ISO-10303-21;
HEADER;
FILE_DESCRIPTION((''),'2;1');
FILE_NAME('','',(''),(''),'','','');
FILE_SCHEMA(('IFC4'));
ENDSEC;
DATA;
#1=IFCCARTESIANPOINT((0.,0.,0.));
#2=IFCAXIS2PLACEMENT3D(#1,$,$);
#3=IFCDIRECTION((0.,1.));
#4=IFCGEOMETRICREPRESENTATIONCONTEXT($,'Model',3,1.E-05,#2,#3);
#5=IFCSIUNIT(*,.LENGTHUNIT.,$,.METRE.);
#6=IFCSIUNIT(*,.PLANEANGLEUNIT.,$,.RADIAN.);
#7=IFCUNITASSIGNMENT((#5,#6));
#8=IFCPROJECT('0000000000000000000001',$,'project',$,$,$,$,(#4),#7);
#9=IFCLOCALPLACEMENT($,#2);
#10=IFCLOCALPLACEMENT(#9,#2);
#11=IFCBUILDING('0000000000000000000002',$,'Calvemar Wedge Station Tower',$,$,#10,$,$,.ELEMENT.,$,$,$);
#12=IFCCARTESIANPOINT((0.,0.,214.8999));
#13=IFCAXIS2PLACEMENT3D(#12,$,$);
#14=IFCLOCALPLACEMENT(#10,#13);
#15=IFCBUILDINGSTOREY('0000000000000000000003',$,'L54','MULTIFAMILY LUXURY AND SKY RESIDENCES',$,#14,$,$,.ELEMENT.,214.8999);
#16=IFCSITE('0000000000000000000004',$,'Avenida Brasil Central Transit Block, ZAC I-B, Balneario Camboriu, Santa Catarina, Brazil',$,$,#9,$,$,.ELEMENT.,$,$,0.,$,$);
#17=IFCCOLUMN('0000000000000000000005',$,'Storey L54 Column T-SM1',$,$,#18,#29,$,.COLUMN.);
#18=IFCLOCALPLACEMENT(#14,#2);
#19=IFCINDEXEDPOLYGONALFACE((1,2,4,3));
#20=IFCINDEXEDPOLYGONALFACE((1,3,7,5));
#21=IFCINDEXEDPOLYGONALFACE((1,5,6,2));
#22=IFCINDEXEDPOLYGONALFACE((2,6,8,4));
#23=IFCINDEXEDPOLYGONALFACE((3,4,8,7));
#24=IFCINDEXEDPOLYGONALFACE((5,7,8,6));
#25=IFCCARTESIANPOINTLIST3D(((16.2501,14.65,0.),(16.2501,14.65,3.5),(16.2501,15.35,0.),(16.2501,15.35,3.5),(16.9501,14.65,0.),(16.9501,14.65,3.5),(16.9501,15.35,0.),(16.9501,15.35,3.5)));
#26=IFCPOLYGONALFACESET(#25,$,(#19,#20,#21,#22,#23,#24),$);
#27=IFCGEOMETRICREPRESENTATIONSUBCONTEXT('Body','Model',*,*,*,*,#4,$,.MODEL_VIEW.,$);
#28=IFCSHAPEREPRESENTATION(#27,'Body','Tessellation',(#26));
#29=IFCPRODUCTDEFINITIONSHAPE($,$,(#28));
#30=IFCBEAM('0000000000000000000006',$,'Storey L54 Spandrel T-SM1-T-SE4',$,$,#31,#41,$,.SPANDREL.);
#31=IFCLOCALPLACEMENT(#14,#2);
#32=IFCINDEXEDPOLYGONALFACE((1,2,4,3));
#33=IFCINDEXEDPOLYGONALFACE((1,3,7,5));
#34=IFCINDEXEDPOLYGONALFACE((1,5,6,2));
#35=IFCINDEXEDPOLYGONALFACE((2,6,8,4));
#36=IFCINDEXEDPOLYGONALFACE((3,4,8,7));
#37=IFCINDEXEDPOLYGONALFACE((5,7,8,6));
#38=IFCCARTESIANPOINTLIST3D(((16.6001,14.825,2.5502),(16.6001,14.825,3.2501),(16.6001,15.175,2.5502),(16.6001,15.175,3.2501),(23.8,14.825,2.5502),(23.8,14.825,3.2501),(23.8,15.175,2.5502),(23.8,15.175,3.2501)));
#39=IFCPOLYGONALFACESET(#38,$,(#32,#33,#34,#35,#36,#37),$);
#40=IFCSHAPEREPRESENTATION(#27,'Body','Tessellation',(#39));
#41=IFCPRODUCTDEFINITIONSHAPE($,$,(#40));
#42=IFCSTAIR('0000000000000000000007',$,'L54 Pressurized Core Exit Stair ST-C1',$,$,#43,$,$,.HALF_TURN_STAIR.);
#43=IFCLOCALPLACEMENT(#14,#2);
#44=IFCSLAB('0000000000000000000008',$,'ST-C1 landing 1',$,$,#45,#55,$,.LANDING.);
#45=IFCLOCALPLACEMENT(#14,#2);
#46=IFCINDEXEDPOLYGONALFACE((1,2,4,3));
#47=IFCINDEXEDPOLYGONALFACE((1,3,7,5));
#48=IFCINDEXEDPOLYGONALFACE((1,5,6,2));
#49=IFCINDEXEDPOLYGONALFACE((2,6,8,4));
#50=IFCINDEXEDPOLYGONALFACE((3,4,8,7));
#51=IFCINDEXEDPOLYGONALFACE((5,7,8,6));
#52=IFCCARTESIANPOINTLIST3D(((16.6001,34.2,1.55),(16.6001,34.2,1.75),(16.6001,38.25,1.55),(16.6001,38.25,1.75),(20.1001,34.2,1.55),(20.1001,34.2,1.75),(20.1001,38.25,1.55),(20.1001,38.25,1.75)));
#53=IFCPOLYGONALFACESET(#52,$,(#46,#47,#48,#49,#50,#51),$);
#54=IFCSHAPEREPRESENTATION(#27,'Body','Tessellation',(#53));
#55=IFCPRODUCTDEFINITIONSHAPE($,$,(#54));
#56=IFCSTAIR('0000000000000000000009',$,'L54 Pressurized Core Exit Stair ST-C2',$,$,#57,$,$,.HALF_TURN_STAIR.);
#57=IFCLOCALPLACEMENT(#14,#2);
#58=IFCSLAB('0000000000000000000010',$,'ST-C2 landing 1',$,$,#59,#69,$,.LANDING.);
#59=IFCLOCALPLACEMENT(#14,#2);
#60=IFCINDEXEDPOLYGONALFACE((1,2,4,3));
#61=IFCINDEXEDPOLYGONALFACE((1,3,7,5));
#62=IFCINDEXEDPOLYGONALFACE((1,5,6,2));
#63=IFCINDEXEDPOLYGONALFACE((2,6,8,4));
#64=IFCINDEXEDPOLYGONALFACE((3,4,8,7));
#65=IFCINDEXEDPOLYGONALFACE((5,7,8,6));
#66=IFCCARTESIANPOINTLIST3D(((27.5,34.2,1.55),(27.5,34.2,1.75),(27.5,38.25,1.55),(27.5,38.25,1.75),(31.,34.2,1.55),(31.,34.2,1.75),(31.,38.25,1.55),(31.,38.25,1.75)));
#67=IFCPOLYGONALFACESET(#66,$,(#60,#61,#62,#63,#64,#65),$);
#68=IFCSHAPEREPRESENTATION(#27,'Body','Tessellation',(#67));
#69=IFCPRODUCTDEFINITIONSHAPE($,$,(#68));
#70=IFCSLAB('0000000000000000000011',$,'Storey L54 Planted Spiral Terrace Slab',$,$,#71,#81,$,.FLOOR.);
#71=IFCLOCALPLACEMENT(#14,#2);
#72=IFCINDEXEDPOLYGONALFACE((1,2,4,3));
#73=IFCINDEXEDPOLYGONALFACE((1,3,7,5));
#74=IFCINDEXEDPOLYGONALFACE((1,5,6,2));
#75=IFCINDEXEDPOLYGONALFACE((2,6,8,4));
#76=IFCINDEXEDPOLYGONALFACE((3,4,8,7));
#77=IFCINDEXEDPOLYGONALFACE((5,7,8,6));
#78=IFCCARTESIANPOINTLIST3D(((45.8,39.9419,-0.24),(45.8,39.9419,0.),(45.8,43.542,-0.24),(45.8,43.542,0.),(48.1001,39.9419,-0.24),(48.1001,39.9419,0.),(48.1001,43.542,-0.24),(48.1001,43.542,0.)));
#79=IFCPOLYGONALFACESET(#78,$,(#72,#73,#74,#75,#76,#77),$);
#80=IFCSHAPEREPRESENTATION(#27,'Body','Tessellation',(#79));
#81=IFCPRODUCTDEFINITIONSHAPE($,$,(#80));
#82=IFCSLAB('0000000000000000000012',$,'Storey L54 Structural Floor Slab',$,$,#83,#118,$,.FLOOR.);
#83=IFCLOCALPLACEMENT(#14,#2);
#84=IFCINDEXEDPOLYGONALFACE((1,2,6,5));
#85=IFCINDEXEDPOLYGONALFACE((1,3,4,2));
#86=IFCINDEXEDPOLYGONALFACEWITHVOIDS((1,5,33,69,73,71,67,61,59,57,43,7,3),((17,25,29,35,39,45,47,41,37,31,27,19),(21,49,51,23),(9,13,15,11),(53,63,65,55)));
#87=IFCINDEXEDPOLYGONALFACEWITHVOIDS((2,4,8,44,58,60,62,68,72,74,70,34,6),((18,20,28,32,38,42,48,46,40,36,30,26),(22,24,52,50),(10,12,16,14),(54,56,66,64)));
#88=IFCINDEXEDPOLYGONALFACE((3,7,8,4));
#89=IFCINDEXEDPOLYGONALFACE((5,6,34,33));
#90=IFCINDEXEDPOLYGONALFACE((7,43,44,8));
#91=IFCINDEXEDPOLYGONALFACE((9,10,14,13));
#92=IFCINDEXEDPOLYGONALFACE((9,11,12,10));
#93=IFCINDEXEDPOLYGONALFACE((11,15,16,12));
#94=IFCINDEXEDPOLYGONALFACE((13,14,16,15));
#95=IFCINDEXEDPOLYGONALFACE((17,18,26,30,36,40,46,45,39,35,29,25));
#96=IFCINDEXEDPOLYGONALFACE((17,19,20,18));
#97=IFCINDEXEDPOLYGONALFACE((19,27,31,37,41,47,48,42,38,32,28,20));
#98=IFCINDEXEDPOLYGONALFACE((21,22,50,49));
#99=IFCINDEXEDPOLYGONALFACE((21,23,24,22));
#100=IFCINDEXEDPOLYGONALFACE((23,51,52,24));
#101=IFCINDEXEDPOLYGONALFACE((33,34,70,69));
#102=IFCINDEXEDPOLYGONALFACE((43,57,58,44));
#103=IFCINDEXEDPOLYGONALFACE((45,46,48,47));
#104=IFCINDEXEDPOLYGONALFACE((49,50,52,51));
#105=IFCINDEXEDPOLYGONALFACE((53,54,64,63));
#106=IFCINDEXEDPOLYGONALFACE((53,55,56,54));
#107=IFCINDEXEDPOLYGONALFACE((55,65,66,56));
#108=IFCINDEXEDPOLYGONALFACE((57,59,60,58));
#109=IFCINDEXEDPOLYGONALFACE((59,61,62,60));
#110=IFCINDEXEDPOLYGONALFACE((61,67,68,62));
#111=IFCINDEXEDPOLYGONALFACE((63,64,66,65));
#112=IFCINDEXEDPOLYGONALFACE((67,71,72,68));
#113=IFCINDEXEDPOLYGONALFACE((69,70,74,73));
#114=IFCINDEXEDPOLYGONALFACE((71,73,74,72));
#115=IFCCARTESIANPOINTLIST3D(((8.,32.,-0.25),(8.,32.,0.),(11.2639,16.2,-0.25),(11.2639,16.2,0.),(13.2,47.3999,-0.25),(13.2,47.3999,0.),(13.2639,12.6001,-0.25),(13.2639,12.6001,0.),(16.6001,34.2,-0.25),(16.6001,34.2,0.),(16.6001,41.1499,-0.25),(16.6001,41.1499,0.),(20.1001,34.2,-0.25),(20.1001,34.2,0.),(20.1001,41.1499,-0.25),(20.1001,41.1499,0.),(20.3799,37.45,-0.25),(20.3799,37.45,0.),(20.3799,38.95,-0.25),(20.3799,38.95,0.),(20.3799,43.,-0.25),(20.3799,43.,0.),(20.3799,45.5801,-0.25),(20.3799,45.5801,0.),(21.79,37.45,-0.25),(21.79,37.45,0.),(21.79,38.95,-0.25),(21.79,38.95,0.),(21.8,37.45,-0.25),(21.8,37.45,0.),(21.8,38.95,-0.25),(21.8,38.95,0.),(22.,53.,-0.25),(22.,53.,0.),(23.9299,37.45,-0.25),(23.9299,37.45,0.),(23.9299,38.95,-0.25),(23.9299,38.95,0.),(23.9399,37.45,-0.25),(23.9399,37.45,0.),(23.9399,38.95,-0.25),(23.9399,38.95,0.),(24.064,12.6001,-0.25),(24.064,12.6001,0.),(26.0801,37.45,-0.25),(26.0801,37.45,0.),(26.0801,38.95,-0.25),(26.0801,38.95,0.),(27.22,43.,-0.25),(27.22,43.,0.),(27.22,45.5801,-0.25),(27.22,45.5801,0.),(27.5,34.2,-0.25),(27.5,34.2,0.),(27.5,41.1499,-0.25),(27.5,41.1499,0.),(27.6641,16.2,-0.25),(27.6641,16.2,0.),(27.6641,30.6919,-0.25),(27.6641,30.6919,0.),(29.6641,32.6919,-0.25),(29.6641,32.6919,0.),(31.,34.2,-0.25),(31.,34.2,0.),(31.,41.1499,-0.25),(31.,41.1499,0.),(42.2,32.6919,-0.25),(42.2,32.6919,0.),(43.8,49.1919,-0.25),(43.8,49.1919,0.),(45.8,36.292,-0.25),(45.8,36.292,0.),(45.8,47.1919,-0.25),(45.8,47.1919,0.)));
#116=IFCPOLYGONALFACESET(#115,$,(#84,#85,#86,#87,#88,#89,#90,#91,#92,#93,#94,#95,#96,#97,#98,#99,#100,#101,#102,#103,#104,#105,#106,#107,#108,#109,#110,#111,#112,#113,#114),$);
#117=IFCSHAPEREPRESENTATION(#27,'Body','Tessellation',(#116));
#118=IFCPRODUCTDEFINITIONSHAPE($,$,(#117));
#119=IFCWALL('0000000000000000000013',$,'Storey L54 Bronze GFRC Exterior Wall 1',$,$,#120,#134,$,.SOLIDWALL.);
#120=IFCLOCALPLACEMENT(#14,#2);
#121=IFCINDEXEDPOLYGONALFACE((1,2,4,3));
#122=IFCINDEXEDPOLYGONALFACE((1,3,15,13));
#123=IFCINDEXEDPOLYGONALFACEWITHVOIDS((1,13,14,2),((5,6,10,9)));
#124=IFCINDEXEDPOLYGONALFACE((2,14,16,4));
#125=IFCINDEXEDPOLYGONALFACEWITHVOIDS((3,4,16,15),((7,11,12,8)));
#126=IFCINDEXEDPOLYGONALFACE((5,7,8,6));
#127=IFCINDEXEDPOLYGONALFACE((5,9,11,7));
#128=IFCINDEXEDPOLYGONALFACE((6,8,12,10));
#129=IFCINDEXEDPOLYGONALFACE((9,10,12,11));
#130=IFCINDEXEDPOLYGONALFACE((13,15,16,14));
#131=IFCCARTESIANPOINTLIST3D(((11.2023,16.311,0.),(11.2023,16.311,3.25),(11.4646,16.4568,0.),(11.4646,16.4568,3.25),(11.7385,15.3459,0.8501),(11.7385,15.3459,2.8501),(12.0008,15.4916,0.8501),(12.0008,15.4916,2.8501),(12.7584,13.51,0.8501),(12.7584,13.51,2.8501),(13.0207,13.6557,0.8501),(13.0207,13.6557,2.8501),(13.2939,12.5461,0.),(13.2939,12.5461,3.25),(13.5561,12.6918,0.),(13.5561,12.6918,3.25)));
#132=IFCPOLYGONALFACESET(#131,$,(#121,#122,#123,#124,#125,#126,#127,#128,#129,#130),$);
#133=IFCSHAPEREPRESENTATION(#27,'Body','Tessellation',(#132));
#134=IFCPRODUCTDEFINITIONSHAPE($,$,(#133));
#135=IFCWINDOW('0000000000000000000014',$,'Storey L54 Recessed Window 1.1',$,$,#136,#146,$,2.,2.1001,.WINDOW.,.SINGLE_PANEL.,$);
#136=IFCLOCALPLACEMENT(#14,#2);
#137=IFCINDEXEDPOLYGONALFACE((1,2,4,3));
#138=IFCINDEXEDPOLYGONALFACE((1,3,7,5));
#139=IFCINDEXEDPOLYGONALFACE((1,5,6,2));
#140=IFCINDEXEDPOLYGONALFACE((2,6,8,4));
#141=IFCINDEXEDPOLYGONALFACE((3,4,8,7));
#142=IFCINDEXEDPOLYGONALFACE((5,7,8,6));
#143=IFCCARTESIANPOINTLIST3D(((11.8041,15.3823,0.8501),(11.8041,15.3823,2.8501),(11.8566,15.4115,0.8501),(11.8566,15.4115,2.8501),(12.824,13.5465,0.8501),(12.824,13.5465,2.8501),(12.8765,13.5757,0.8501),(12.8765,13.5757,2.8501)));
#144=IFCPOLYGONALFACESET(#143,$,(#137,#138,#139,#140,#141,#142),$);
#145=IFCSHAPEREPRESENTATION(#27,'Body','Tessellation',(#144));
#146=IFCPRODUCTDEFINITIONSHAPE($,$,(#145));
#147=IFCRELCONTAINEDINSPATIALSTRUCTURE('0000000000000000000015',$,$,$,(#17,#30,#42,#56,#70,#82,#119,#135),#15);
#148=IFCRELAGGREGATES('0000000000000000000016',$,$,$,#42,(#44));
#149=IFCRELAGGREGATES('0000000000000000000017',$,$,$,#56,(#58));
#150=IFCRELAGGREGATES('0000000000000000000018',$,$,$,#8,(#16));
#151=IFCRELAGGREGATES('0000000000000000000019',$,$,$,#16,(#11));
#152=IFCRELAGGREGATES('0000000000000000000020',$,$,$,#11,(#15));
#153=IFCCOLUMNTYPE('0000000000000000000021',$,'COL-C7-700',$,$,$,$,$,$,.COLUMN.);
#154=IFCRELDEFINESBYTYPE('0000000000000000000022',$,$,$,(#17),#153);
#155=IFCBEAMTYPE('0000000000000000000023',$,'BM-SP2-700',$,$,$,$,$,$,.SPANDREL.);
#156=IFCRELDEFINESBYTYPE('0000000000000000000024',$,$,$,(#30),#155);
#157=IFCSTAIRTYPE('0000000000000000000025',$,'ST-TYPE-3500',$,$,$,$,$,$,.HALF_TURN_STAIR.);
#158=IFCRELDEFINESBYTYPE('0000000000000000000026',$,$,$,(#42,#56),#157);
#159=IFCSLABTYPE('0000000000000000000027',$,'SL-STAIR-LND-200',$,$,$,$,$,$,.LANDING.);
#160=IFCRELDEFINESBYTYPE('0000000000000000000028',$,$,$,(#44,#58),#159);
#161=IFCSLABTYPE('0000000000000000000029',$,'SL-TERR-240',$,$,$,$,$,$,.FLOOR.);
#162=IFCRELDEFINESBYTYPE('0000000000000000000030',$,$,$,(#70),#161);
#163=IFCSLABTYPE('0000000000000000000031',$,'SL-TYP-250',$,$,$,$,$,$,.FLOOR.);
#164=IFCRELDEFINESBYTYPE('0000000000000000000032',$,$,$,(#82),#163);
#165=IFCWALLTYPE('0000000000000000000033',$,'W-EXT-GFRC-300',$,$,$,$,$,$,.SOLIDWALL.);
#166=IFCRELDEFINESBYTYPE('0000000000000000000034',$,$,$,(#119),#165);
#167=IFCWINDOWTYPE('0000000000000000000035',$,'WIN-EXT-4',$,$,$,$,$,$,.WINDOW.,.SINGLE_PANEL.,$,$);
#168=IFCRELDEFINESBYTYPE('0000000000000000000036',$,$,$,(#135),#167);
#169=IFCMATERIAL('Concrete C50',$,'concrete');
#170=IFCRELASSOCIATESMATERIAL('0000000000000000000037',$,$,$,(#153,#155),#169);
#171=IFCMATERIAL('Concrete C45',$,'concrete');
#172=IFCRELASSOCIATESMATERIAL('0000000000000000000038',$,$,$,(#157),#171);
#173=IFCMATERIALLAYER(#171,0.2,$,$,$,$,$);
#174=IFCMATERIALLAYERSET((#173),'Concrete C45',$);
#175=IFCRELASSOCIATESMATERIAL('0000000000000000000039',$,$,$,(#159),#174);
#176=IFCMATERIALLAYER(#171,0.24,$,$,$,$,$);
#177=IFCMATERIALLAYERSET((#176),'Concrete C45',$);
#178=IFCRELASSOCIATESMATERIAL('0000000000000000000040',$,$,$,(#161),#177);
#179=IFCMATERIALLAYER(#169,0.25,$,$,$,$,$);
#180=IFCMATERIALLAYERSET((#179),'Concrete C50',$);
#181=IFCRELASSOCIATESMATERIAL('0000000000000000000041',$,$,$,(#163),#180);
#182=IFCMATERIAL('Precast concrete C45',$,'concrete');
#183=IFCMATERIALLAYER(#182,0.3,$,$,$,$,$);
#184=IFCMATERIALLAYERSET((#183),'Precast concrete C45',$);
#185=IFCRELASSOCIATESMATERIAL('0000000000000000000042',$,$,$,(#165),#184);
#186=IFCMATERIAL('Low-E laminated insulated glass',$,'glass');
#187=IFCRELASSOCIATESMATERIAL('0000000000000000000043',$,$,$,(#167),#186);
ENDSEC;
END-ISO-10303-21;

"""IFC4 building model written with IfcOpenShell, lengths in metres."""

from ifc_helpers import new_model, si_unit, direction, frame, frame_2d, origin, origin_2d, place, context, subcontext, project, spatial, polyline, rectangle, outline, extrude, source, transform, mapped, material, layer, layer_set, material_profile, profile_set, type_object, element, fill, aggregate, save


model = new_model("IFC4")

# Units and contexts
model_context = context("Model", 3, precision=1e-05, world=origin(), true_north=direction((0.0, 1.0)))
body_context = subcontext(model_context, "Body", "Model", "MODEL_VIEW")
ifc_project = project(units=[si_unit("LENGTHUNIT", "METRE"), si_unit("PLANEANGLEUNIT", "RADIAN")], contexts=[model_context])

# Site, building, storey
site_placement = place(None, origin())
site = spatial("IfcSite", under=ifc_project, at=site_placement, Name="Avenida Brasil Central Transit Block, ZAC I-B, Balneario Camboriu, Santa Catarina, Brazil", CompositionType="ELEMENT", RefElevation=0.0)
building_placement = place(site_placement, origin())
building = spatial("IfcBuilding", under=site, at=building_placement, Name="Calvemar Wedge Station Tower", CompositionType="ELEMENT")
storey_placement = place(building_placement, frame((0.0, 0.0, 214.8999)))
storey = spatial("IfcBuildingStorey", under=building, at=storey_placement, Name="L54", Description="MULTIFAMILY LUXURY AND SKY RESIDENCES", CompositionType="ELEMENT", Elevation=214.8999)

# Column
ifc_material_1 = material(Name="Concrete C50", Category="concrete")
ifc_material_profile_1 = material_profile(ifc_material_1, rectangle(XDim=0.7, YDim=0.7, at=origin_2d()), Name="RC700x700")
ifc_profile_set_1 = profile_set([ifc_material_profile_1], Name="Concrete C50")
column_type = type_object("IfcColumnType", Name="COL-C7-700", PredefinedType="COLUMN", material=ifc_profile_set_1)
shared_shape_1 = source(origin(), body_context, "Body", "SweptSolid", [
    extrude(rectangle(XDim=0.7, YDim=0.7, at=origin_2d()), origin(), (0.0, 0.0, 1.0), 3.5),
])
column_placement = place(storey_placement, frame((16.6001, 15.0, 0.0), z_axis=(0.0, 0.0, 1.0), x_axis=(1.0, 0.0, 0.0)))
element("IfcColumn", 1, at=column_placement, inside=storey, type_object=column_type, Name="Storey L54 Column T-SM1", PredefinedType="COLUMN", context=body_context, shape_type="MappedRepresentation", body=[
    mapped(shared_shape_1, transform((0.0, 0.0, 0.0), scale=1.0)),
])

# Beam
ifc_material_profile_2 = material_profile(ifc_material_1, rectangle(XDim=0.3501, YDim=0.7, at=origin_2d()), Name="RC350x700")
ifc_profile_set_2 = profile_set([ifc_material_profile_2], Name="Concrete C50")
beam_type = type_object("IfcBeamType", Name="BM-SP2-700", PredefinedType="SPANDREL", material=ifc_profile_set_2)
shared_shape_2 = source(origin(), body_context, "Body", "SweptSolid", [
    extrude(rectangle(XDim=0.3501, YDim=0.7, at=origin_2d()), origin(), (0.0, 0.0, 1.0), 7.2),
])
beam_placement = place(storey_placement, frame((16.6001, 15.0, 2.9001), z_axis=(1.0, 0.0, 0.0), x_axis=(0.0, 1.0, 0.0)))
element("IfcBeam", 2, at=beam_placement, inside=storey, type_object=beam_type, Name="Storey L54 Spandrel T-SM1-T-SE4", PredefinedType="SPANDREL", context=body_context, shape_type="MappedRepresentation", body=[
    mapped(shared_shape_2, transform((0.0, 0.0, 0.0), scale=1.0)),
])

# Stairs, slabs
ifc_material_2 = material(Name="Concrete C45", Category="concrete")
stair_type = type_object("IfcStairType", Name="ST-TYPE-3500", PredefinedType="HALF_TURN_STAIR", material=ifc_material_2)
stair_1_placement = place(storey_placement, origin())
stair_1 = element("IfcStair", 3, at=stair_1_placement, inside=storey, type_object=stair_type, Name="L54 Pressurized Core Exit Stair ST-C1", PredefinedType="HALF_TURN_STAIR")
ifc_layer_1 = layer(ifc_material_2, 0.2)
ifc_layer_set_1 = layer_set([ifc_layer_1], Name="Concrete C45")
slab_type_1 = type_object("IfcSlabType", Name="SL-STAIR-LND-200", PredefinedType="LANDING", material=ifc_layer_set_1)
slab_1_placement = place(storey_placement, frame((0.0, 0.0, 1.55)))
slab_1 = element("IfcSlab", 4, at=slab_1_placement, type_object=slab_type_1, Name="ST-C1 landing 1", PredefinedType="LANDING", context=body_context, shape_type="SweptSolid", body=[
    extrude(outline(polyline([(16.6001, 38.25), (16.6001, 34.2), (20.1001, 34.2), (20.1001, 38.25), (16.6001, 38.25)])), origin(), (0.0, 0.0, 1.0), 0.2),
])
aggregate(stair_1, [slab_1])
stair_2_placement = place(storey_placement, origin())
stair_2 = element("IfcStair", 5, at=stair_2_placement, inside=storey, type_object=stair_type, Name="L54 Pressurized Core Exit Stair ST-C2", PredefinedType="HALF_TURN_STAIR")
slab_2_placement = place(storey_placement, frame((0.0, 0.0, 1.55)))
slab_2 = element("IfcSlab", 6, at=slab_2_placement, type_object=slab_type_1, Name="ST-C2 landing 1", PredefinedType="LANDING", context=body_context, shape_type="SweptSolid", body=[
    extrude(outline(polyline([(27.5, 38.25), (27.5, 34.2), (31.0, 34.2), (31.0, 38.25), (27.5, 38.25)])), origin(), (0.0, 0.0, 1.0), 0.2),
])
aggregate(stair_2, [slab_2])

# Slabs
ifc_layer_2 = layer(ifc_material_2, 0.24)
ifc_layer_set_2 = layer_set([ifc_layer_2], Name="Concrete C45")
slab_type_2 = type_object("IfcSlabType", Name="SL-TERR-240", PredefinedType="FLOOR", material=ifc_layer_set_2)
slab_3_placement = place(storey_placement, frame((0.0, 0.0, -0.24)))
element("IfcSlab", 7, at=slab_3_placement, inside=storey, type_object=slab_type_2, Name="Storey L54 Planted Spiral Terrace Slab", PredefinedType="FLOOR", context=body_context, shape_type="SweptSolid", body=[
    extrude(outline(polyline([(45.8, 39.9419), (48.1001, 39.9419), (48.1001, 43.542), (45.8, 43.542), (45.8, 39.9419)])), origin(), (0.0, 0.0, 1.0), 0.24),
])
ifc_layer_3 = layer(ifc_material_1, 0.25)
ifc_layer_set_3 = layer_set([ifc_layer_3], Name="Concrete C50")
slab_type_3 = type_object("IfcSlabType", Name="SL-TYP-250", PredefinedType="FLOOR", material=ifc_layer_set_3)
slab_4_placement = place(storey_placement, frame((0.0, 0.0, -0.25)))
element("IfcSlab", 8, at=slab_4_placement, inside=storey, type_object=slab_type_3, Name="Storey L54 Structural Floor Slab", PredefinedType="FLOOR", context=body_context, shape_type="SweptSolid", body=[
    extrude(outline(polyline([(8.0, 32.0), (11.2639, 16.2), (13.2639, 12.6001), (24.064, 12.6001), (27.6641, 16.2), (27.6641, 30.6919), (29.6641, 32.6919), (42.2, 32.6919), (45.8, 36.292), (45.8, 47.1919), (43.8, 49.1919), (22.0, 53.0), (13.2, 47.3999), (8.0, 32.0)]), holes=[polyline([(20.1001, 34.2), (20.1001, 41.1499), (16.6001, 41.1499), (16.6001, 34.2), (20.1001, 34.2)]), polyline([(27.5, 34.2), (31.0, 34.2), (31.0, 41.1499), (27.5, 41.1499), (27.5, 34.2)]), polyline([(21.8, 37.45), (23.9299, 37.45), (23.9399, 37.45), (26.0801, 37.45), (26.0801, 38.95), (23.9399, 38.95), (23.9299, 38.95), (21.8, 38.95), (21.79, 38.95), (20.3799, 38.95), (20.3799, 37.45), (21.79, 37.45), (21.8, 37.45)]), polyline([(27.22, 43.0), (27.22, 45.5801), (20.3799, 45.5801), (20.3799, 43.0), (27.22, 43.0)])]), origin(), (0.0, 0.0, 1.0), 0.25),
])

# Wall, opening, window
ifc_material_3 = material(Name="Precast concrete C45", Category="concrete")
ifc_layer_4 = layer(ifc_material_3, 0.3)
ifc_layer_set_4 = layer_set([ifc_layer_4], Name="Precast concrete C45")
wall_type_1 = type_object("IfcWallType", Name="W-EXT-GFRC-300", PredefinedType="SOLIDWALL", material=ifc_layer_set_4)
wall_1_placement = place(storey_placement, frame((11.3335, 16.3838, 0.0), z_axis=(0.0, 0.0, 1.0), x_axis=(0.485633, -0.874163, 0.0)))
wall_1 = element("IfcWall", 9, at=wall_1_placement, inside=storey, type_object=wall_type_1, Name="Storey L54 Bronze GFRC Exterior Wall 1", PredefinedType="SOLIDWALL", context=body_context, shape_type="SweptSolid", body=[
    extrude(rectangle(XDim=4.3069, YDim=0.3, at=frame_2d((2.1533, 0.0))), origin(), (0.0, 0.0, 1.0), 3.25),
])
shared_shape_3 = source(origin(), body_context, "Body", "SweptSolid", [
    extrude(rectangle(XDim=2.1001, YDim=2.0, at=frame_2d((1.05, 1.0))), frame((0.0, 0.1602, 0.0), z_axis=(0.0, -1.0, 0.0), x_axis=(1.0, 0.0, 0.0)), (0.0, 0.0, 1.0), 0.3201),
])
opening_1_placement = place(wall_1_placement, frame((1.104, 0.0, 0.8501)))
opening_1 = element("IfcOpeningElement", 10, at=opening_1_placement, cuts=wall_1, PredefinedType="OPENING", context=body_context, shape_type="MappedRepresentation", body=[
    mapped(shared_shape_3, transform((0.0, 0.0, 0.0), scale=1.0)),
])
ifc_material_4 = material(Name="Low-E laminated insulated glass", Category="glass")
window_type_1 = type_object("IfcWindowType", Name="WIN-EXT-4", PartitioningType="SINGLE_PANEL", PredefinedType="WINDOW", material=ifc_material_4)
shared_shape_4 = source(origin(), body_context, "Body", "SweptSolid", [
    extrude(rectangle(XDim=2.1001, YDim=2.0, at=frame_2d((1.05, 1.0))), frame((0.0, -0.0149, 0.0), z_axis=(0.0, -1.0, 0.0), x_axis=(1.0, 0.0, 0.0)), (0.0, 0.0, 1.0), 0.0601),
])
window_1_placement = place(opening_1_placement, origin())
window_1 = element("IfcWindow", 11, at=window_1_placement, inside=storey, type_object=window_type_1, Name="Storey L54 Recessed Window 1.1", OverallHeight=2.0, OverallWidth=2.1001, PartitioningType="SINGLE_PANEL", PredefinedType="WINDOW", context=body_context, shape_type="MappedRepresentation", body=[
    mapped(shared_shape_4, transform((0.0, 0.0, 0.0), scale=1.0)),
])
fill(opening_1, window_1)

save(model, "model.ifc")
